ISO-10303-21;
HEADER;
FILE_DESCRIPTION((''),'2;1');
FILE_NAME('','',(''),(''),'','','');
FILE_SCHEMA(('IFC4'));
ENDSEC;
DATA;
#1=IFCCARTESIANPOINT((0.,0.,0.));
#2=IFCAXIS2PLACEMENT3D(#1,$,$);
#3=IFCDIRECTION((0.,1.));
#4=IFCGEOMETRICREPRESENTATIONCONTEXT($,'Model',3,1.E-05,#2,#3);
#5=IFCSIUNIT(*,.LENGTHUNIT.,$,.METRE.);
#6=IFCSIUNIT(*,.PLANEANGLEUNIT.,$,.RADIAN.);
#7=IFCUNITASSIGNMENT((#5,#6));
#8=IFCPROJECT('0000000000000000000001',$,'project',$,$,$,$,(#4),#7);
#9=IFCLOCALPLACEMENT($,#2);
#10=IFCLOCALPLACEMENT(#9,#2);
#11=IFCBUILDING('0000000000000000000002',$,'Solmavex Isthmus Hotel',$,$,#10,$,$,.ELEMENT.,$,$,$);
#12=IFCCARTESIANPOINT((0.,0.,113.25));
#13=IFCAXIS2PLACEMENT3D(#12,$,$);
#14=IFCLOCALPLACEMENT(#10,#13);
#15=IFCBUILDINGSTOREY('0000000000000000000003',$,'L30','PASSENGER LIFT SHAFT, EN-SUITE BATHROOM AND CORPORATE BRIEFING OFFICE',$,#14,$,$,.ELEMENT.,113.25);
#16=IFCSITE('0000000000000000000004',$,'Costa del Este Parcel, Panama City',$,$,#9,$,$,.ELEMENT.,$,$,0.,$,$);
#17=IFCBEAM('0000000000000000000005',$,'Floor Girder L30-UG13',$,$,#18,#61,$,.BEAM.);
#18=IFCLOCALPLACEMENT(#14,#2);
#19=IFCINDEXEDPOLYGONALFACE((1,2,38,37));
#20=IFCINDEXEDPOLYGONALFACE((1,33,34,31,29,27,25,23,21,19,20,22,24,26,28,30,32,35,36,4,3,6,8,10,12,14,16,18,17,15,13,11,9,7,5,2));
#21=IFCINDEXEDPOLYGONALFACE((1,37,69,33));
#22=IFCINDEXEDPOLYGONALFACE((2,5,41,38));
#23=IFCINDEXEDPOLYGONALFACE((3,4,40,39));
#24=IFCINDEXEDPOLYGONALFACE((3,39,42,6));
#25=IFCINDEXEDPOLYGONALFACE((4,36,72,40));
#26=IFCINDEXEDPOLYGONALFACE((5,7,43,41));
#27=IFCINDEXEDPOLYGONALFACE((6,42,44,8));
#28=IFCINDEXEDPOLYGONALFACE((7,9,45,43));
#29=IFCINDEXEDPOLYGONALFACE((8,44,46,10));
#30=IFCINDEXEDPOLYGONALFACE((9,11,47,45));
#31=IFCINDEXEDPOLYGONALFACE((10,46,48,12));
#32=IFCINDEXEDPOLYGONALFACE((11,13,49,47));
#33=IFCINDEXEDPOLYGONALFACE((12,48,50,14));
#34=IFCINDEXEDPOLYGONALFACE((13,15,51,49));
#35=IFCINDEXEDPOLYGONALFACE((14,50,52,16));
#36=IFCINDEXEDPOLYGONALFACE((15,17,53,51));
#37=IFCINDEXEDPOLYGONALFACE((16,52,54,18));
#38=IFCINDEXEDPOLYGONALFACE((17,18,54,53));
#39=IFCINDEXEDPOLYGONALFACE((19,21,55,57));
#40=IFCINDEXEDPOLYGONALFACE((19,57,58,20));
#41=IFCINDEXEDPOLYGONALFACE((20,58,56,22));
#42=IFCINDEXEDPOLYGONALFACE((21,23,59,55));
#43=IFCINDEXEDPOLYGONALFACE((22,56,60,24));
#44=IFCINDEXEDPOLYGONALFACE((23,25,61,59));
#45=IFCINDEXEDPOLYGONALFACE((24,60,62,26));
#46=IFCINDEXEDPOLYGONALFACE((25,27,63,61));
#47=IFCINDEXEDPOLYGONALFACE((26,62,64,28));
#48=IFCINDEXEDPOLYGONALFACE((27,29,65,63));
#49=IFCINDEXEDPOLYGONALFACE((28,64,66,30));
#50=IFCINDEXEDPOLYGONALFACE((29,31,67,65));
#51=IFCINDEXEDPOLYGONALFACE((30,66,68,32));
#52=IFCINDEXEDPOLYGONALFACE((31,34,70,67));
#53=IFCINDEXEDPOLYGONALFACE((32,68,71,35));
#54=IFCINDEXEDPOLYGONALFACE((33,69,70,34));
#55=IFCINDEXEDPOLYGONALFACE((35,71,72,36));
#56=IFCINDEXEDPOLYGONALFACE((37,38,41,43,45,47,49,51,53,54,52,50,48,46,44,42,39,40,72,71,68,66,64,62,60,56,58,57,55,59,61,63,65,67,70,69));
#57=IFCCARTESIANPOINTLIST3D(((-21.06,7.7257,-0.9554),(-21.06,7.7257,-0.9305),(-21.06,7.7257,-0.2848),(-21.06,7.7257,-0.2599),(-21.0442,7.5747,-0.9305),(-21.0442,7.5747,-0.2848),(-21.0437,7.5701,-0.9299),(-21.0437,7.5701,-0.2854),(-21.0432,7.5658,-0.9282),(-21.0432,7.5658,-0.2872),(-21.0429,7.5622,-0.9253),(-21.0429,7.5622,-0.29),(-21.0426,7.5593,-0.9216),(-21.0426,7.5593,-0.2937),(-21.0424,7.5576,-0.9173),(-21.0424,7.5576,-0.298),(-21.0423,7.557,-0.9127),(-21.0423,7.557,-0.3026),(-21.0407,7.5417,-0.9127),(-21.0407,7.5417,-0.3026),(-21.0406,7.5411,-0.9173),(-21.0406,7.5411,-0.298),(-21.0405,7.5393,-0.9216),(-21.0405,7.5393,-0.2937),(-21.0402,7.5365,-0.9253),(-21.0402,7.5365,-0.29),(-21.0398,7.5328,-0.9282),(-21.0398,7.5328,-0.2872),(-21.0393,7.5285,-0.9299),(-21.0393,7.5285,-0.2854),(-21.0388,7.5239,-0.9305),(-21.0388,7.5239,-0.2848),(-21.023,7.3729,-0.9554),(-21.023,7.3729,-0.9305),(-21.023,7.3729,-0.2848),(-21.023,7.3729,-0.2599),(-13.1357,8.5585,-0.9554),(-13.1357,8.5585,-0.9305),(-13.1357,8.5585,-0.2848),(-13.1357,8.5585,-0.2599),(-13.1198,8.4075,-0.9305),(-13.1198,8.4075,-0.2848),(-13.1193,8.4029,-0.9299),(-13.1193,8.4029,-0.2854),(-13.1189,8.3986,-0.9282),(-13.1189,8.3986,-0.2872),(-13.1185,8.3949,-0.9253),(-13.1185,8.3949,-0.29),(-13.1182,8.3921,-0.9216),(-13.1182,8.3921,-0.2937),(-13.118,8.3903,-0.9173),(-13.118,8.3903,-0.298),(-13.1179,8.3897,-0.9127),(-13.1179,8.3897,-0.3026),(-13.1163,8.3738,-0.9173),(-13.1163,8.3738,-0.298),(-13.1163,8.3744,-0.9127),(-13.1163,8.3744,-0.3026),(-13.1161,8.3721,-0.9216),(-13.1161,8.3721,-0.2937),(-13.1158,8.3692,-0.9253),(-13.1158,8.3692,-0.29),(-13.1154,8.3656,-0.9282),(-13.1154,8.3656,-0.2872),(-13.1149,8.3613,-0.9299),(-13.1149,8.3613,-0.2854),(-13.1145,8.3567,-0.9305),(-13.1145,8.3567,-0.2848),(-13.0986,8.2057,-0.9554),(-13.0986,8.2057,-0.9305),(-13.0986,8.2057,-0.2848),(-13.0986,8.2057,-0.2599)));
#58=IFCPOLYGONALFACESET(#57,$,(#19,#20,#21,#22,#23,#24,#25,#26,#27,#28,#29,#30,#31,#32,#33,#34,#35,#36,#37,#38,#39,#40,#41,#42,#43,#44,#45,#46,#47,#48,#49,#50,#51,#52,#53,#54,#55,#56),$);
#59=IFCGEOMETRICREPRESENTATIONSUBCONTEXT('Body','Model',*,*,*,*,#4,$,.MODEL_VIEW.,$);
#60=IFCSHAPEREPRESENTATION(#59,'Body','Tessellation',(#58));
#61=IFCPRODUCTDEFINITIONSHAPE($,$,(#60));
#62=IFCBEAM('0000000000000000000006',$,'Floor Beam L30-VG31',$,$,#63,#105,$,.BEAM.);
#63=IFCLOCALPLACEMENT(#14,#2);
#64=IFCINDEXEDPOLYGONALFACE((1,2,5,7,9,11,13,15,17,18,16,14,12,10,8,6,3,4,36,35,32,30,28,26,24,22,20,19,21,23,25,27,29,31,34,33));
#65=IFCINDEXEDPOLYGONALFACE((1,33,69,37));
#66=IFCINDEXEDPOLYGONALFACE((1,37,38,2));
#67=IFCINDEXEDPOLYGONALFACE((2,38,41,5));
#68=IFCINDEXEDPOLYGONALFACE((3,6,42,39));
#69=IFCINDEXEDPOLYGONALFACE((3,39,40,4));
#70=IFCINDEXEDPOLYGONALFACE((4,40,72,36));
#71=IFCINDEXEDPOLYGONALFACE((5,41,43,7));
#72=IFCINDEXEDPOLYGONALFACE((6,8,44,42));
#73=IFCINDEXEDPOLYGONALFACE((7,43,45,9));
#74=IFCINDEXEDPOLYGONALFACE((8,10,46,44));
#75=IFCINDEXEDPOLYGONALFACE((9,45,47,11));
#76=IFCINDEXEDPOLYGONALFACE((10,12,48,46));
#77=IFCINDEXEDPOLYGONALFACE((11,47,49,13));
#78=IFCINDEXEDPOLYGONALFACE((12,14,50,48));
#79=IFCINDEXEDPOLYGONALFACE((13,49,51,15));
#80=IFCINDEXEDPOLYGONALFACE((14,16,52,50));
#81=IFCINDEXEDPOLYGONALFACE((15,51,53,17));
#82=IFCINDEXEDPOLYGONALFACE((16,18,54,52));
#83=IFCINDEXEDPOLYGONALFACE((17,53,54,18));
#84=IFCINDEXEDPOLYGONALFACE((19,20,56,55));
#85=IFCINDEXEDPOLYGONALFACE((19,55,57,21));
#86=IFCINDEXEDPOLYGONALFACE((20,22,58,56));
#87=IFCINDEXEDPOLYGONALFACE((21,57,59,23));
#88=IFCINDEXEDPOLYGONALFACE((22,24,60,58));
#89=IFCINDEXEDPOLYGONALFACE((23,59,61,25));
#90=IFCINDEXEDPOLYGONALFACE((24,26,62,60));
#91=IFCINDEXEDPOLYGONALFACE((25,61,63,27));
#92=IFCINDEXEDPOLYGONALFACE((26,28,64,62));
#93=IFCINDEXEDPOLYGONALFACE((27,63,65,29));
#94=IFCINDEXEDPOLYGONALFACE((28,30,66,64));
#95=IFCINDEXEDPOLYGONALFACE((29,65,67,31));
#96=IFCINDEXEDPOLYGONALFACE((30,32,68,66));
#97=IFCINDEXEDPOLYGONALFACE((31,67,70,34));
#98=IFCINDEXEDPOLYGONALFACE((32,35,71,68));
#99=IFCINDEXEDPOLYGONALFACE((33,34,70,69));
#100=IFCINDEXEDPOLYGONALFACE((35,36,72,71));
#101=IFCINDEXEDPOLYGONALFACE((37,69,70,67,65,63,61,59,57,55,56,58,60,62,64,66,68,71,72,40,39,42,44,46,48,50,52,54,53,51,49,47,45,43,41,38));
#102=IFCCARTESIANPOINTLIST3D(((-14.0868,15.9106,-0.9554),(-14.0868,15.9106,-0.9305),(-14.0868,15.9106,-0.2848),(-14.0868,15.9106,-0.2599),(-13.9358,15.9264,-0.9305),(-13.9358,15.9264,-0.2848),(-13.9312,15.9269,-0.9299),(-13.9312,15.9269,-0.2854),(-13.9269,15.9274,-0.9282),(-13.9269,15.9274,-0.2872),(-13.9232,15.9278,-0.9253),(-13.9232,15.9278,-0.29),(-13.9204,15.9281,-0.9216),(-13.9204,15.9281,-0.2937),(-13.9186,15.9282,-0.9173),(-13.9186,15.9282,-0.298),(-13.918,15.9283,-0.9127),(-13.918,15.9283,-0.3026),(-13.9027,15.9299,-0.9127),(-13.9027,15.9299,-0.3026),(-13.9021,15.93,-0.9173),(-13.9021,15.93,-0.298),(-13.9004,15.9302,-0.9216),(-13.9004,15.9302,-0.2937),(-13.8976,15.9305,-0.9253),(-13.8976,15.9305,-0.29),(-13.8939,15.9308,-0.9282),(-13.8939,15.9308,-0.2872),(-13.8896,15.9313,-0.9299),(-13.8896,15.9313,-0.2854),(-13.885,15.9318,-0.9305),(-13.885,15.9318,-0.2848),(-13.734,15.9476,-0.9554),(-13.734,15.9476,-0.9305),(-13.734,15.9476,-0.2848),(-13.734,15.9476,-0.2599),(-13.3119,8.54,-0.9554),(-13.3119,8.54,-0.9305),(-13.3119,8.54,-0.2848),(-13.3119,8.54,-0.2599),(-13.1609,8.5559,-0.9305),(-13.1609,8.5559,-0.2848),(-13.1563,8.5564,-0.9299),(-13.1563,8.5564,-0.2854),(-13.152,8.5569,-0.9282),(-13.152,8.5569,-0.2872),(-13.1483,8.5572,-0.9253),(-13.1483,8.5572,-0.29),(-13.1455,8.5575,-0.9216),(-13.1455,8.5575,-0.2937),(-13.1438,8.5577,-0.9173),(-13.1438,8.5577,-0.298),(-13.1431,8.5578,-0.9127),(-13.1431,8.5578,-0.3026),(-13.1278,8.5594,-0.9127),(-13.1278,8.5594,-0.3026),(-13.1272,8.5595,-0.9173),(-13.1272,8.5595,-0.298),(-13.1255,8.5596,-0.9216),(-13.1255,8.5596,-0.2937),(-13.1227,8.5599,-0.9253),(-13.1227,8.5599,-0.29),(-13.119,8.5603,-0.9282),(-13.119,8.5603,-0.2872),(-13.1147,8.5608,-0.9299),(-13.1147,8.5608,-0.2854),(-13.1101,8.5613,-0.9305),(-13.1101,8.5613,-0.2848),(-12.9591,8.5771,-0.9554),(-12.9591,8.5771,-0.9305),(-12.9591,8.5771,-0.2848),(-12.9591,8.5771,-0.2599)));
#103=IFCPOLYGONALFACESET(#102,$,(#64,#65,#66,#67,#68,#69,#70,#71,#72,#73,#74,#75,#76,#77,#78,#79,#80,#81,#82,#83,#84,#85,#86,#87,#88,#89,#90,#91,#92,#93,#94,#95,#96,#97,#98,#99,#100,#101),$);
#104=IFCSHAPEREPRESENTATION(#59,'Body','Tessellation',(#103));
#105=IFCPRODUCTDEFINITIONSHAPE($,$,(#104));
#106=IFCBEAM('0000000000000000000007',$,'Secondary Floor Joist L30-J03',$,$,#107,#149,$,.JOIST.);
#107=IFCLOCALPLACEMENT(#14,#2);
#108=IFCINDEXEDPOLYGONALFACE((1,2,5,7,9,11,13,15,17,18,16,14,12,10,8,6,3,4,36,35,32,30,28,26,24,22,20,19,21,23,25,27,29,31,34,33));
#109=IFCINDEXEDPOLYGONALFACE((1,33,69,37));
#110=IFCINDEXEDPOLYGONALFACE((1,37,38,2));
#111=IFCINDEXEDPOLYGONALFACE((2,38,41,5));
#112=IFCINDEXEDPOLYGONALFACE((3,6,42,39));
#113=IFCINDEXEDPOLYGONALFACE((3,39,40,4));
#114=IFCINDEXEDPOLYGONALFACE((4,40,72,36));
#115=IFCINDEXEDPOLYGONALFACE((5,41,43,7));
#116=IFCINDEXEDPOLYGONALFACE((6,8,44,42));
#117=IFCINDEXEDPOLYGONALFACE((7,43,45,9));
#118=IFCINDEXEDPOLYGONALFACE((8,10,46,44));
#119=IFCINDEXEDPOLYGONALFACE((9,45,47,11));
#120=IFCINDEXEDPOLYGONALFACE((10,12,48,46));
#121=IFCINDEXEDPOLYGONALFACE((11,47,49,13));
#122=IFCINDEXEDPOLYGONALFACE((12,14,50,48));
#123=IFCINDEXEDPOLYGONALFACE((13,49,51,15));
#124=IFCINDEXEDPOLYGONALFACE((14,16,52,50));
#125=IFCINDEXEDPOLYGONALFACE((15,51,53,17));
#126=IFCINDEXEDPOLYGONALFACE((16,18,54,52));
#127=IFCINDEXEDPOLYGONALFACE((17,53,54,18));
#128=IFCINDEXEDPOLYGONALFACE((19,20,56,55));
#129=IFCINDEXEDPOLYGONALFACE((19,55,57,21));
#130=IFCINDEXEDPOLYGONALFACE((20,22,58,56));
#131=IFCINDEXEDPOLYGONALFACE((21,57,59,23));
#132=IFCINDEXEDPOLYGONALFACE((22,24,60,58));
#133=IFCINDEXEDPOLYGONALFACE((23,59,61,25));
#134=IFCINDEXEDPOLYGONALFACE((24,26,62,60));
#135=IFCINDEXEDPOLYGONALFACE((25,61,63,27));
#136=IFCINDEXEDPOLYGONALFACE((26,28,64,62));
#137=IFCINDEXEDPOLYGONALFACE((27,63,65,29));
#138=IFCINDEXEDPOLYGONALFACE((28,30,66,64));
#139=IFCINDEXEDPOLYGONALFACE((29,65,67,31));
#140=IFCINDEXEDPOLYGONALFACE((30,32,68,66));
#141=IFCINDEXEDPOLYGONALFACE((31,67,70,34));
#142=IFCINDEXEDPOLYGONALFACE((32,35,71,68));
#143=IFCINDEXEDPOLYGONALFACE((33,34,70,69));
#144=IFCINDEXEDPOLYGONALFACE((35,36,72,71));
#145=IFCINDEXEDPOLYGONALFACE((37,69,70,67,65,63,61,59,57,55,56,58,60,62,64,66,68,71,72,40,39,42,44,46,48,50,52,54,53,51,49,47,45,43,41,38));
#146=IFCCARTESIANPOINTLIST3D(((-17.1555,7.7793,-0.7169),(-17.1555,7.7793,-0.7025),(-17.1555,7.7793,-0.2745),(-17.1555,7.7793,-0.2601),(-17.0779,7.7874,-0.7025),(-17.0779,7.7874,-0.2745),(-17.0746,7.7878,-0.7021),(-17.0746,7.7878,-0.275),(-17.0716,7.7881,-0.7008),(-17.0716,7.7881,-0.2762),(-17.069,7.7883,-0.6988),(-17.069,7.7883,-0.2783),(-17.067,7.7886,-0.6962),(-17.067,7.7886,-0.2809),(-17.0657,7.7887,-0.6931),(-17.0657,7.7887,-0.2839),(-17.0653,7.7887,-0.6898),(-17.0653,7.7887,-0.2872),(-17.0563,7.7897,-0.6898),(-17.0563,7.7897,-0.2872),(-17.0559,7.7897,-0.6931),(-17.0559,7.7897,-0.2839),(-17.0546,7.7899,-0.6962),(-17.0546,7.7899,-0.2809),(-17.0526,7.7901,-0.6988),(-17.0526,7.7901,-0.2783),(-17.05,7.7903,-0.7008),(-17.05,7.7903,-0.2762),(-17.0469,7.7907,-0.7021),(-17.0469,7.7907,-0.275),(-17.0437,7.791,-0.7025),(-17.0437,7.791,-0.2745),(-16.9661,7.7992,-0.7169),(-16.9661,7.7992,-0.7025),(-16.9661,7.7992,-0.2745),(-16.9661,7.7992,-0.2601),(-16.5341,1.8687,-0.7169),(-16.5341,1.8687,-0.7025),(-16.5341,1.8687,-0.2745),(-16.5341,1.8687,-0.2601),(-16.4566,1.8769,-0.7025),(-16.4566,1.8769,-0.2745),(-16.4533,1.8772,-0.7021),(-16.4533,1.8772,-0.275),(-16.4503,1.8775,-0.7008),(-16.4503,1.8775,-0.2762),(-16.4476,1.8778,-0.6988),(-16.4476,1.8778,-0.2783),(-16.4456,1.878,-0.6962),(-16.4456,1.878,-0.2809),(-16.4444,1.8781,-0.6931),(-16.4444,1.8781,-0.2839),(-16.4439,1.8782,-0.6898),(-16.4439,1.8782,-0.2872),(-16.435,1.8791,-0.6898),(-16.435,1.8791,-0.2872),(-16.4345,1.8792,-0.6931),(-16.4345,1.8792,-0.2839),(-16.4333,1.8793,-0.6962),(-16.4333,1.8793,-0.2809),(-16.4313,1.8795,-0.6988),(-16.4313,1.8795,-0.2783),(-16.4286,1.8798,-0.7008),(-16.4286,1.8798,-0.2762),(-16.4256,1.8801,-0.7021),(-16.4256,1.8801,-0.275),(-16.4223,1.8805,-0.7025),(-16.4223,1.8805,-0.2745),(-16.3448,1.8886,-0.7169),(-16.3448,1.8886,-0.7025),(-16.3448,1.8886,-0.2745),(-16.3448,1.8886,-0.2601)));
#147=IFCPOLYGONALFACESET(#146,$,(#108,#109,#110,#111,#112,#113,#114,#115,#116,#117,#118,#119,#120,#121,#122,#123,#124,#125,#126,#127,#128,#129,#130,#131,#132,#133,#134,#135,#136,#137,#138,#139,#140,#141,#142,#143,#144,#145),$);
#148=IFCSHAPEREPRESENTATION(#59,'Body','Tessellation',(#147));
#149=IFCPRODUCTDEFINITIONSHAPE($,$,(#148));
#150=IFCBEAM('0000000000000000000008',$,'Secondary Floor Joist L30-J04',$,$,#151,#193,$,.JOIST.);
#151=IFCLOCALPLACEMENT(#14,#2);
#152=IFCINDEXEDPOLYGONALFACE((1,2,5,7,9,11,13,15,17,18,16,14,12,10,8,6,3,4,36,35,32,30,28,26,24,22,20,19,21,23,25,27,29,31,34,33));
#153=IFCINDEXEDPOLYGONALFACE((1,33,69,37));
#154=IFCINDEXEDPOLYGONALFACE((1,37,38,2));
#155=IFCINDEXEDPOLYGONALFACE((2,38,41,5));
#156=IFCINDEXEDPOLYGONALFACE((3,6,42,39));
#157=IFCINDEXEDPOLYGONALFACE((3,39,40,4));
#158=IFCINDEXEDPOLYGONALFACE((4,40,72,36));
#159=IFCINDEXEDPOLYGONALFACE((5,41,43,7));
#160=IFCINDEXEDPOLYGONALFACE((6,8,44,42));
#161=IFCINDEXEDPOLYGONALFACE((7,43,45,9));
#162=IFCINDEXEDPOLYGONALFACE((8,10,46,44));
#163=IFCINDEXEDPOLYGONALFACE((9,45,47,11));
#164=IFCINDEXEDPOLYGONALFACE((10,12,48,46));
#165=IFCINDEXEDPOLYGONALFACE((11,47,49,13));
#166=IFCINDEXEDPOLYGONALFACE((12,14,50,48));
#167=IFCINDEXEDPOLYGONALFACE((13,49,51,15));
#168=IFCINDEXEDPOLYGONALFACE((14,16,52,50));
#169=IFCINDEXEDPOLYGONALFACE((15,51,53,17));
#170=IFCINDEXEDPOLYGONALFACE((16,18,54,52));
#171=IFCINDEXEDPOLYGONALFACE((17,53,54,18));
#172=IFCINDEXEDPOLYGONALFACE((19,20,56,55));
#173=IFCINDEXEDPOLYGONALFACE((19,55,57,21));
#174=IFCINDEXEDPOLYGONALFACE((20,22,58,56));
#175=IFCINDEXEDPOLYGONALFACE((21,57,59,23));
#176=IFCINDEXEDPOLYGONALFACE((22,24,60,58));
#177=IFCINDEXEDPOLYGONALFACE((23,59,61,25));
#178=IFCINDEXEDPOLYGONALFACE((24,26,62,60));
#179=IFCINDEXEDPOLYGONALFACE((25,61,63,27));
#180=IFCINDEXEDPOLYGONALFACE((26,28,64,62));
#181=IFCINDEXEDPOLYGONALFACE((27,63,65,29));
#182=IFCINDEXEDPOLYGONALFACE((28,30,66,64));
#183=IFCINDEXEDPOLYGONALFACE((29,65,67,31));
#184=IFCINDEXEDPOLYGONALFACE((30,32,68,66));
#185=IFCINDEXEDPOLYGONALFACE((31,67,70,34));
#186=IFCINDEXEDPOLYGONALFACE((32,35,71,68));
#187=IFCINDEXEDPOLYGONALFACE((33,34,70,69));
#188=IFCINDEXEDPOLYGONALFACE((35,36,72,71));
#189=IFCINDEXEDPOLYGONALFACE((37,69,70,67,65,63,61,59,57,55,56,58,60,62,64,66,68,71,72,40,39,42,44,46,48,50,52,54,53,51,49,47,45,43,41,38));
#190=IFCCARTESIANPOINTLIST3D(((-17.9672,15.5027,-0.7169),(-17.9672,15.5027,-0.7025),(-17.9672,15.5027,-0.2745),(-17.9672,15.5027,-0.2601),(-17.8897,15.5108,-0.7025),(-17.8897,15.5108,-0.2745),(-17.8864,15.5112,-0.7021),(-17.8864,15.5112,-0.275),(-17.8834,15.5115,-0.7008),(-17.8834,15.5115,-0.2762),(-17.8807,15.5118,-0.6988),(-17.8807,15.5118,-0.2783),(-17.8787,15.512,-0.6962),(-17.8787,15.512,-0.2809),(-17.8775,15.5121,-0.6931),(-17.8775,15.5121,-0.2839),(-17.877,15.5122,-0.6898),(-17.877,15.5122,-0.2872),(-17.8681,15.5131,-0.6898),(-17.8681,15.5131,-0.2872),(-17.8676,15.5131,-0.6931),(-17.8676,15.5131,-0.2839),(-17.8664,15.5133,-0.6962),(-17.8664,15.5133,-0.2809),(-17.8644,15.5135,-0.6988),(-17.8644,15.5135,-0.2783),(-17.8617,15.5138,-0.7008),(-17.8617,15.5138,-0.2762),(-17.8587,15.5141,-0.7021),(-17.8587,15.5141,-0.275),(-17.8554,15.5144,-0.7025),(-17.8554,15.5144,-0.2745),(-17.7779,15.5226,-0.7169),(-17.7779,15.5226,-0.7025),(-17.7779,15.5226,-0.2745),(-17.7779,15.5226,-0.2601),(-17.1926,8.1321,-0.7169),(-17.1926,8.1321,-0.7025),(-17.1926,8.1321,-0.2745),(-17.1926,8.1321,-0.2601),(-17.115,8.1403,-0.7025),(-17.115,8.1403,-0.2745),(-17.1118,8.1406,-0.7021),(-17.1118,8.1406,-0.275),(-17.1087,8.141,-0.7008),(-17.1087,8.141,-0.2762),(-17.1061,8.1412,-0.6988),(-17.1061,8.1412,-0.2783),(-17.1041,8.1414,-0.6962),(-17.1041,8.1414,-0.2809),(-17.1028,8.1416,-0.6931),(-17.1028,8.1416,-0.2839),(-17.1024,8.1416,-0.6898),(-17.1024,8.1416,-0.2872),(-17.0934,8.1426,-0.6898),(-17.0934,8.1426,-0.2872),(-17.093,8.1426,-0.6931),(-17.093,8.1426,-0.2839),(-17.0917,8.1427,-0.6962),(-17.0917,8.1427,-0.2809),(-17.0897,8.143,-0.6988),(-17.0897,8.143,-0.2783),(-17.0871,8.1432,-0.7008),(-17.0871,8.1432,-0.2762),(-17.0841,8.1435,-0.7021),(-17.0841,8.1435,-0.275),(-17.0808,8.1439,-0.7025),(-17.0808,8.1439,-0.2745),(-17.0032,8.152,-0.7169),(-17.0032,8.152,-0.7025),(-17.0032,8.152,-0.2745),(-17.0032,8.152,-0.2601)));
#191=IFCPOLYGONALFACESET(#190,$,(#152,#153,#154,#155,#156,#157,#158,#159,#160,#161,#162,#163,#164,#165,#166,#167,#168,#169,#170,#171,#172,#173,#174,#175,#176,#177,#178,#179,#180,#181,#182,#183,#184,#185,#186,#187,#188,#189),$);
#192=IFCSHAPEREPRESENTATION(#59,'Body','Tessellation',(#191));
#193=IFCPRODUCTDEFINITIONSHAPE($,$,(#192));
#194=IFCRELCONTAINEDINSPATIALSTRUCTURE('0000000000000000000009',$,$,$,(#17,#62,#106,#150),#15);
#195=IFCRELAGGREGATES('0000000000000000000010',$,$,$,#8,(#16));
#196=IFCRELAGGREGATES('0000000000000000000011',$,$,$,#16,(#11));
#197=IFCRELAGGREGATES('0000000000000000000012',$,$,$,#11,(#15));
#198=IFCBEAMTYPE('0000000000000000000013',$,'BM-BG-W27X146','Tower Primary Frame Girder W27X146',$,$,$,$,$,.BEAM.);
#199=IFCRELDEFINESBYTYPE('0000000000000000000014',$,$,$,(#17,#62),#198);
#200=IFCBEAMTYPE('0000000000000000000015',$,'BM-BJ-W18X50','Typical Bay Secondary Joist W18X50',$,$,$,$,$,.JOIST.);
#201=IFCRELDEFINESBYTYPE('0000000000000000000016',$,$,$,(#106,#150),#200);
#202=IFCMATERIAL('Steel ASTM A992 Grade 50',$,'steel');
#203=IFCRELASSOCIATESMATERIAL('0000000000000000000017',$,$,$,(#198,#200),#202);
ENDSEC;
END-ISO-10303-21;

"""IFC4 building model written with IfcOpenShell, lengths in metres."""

from ifc_helpers import new_model, si_unit, direction, frame, origin, origin_2d, place, context, subcontext, project, spatial, i_section, extrude, material, material_profile, profile_set, type_object, element, save


model = new_model("IFC4")

# Units and contexts
model_context = context("Model", 3, precision=1e-05, world=origin(), true_north=direction((0.0, 1.0)))
body_context = subcontext(model_context, "Body", "Model", "MODEL_VIEW")
ifc_project = project(units=[si_unit("LENGTHUNIT", "METRE"), si_unit("PLANEANGLEUNIT", "RADIAN")], contexts=[model_context])

# Site, building, storey
site_placement = place(None, origin())
site = spatial("IfcSite", under=ifc_project, at=site_placement, Name="Costa del Este Parcel, Panama City", CompositionType="ELEMENT", RefElevation=0.0)
building_placement = place(site_placement, origin())
building = spatial("IfcBuilding", under=site, at=building_placement, Name="Solmavex Isthmus Hotel", CompositionType="ELEMENT")
storey_placement = place(building_placement, frame((0.0, 0.0, 113.25)))
storey = spatial("IfcBuildingStorey", under=building, at=storey_placement, Name="L30", Description="PASSENGER LIFT SHAFT, EN-SUITE BATHROOM AND CORPORATE BRIEFING OFFICE", CompositionType="ELEMENT", Elevation=113.25)

# Beams
ifc_material_1 = material(Name="Steel ASTM A992 Grade 50", Category="steel")
ifc_material_profile_1 = material_profile(ifc_material_1, i_section(OverallWidth=0.3547, OverallDepth=0.6956, WebThickness=0.0154, FlangeThickness=0.0249, FilletRadius=0.0178, at=origin_2d()), Name="W27X146")
ifc_profile_set_1 = profile_set([ifc_material_profile_1], Name="Steel ASTM A992 Grade 50")
beam_type_1 = type_object("IfcBeamType", Name="BM-BG-W27X146", Description="Tower Primary Frame Girder W27X146", PredefinedType="BEAM", material=ifc_profile_set_1)
for number, where, z_axis, x_axis, name in (
    (1, (-21.0415, 7.5493, -0.6077), (0.994523, 0.104514, 0.0), (-0.104514, 0.994523, 0.0), "Floor Girder L30-UG13"),
):
    element("IfcBeam", number, at=place(storey_placement, frame(where, z_axis=z_axis, x_axis=x_axis)), inside=storey, type_object=beam_type_1, Name=name, PredefinedType="BEAM", context=body_context, shape_type="SweptSolid", body=[
        extrude(i_section(OverallWidth=0.3547, OverallDepth=0.6956, WebThickness=0.0154, FlangeThickness=0.0249, FilletRadius=0.0178, at=origin_2d()), origin(), (0.0, 0.0, 1.0), 7.968),
    ])
beam_1_placement = place(storey_placement, frame((-13.1355, 8.5586, -0.6077), z_axis=(-0.104558, 0.994519, 0.0), x_axis=(-0.994519, -0.104558, 0.0)))
element("IfcBeam", 2, at=beam_1_placement, inside=storey, type_object=beam_type_1, Name="Floor Beam L30-VG31", PredefinedType="BEAM", context=body_context, shape_type="SweptSolid", body=[
    extrude(i_section(OverallWidth=0.3547, OverallDepth=0.6956, WebThickness=0.0154, FlangeThickness=0.0249, FilletRadius=0.0178, at=origin_2d()), origin(), (0.0, 0.0, 1.0), 7.4111),
])
ifc_material_profile_2 = material_profile(ifc_material_1, i_section(OverallWidth=0.1904, OverallDepth=0.4568, WebThickness=0.009, FlangeThickness=0.0144, FilletRadius=0.0127, at=origin_2d()), Name="W18X50")
ifc_profile_set_2 = profile_set([ifc_material_profile_2], Name="Steel ASTM A992 Grade 50")
beam_type_2 = type_object("IfcBeamType", Name="BM-BJ-W18X50", Description="Typical Bay Secondary Joist W18X50", PredefinedType="JOIST", material=ifc_profile_set_2)
beam_2_placement = place(storey_placement, frame((-16.4395, 1.8787, -0.4885), z_axis=(-0.104546, 0.99452, 0.0), x_axis=(-0.99452, -0.104546, 0.0)))
element("IfcBeam", 3, at=beam_2_placement, inside=storey, type_object=beam_type_2, Name="Secondary Floor Joist L30-J03", PredefinedType="JOIST", context=body_context, shape_type="SweptSolid", body=[
    extrude(i_section(OverallWidth=0.1904, OverallDepth=0.4568, WebThickness=0.009, FlangeThickness=0.0144, FilletRadius=0.0127, at=origin_2d()), origin(), (0.0, 0.0, 1.0), 5.9431),
])
beam_3_placement = place(storey_placement, frame((-17.0979, 8.1421, -0.4885), z_axis=(-0.104525, 0.994522, 0.0), x_axis=(-0.994522, -0.104525, 0.0)))
element("IfcBeam", 4, at=beam_3_placement, inside=storey, type_object=beam_type_2, Name="Secondary Floor Joist L30-J04", PredefinedType="JOIST", context=body_context, shape_type="SweptSolid", body=[
    extrude(i_section(OverallWidth=0.1904, OverallDepth=0.4568, WebThickness=0.009, FlangeThickness=0.0144, FilletRadius=0.0127, at=origin_2d()), origin(), (0.0, 0.0, 1.0), 7.4111),
])

save(model, "model.ifc")
